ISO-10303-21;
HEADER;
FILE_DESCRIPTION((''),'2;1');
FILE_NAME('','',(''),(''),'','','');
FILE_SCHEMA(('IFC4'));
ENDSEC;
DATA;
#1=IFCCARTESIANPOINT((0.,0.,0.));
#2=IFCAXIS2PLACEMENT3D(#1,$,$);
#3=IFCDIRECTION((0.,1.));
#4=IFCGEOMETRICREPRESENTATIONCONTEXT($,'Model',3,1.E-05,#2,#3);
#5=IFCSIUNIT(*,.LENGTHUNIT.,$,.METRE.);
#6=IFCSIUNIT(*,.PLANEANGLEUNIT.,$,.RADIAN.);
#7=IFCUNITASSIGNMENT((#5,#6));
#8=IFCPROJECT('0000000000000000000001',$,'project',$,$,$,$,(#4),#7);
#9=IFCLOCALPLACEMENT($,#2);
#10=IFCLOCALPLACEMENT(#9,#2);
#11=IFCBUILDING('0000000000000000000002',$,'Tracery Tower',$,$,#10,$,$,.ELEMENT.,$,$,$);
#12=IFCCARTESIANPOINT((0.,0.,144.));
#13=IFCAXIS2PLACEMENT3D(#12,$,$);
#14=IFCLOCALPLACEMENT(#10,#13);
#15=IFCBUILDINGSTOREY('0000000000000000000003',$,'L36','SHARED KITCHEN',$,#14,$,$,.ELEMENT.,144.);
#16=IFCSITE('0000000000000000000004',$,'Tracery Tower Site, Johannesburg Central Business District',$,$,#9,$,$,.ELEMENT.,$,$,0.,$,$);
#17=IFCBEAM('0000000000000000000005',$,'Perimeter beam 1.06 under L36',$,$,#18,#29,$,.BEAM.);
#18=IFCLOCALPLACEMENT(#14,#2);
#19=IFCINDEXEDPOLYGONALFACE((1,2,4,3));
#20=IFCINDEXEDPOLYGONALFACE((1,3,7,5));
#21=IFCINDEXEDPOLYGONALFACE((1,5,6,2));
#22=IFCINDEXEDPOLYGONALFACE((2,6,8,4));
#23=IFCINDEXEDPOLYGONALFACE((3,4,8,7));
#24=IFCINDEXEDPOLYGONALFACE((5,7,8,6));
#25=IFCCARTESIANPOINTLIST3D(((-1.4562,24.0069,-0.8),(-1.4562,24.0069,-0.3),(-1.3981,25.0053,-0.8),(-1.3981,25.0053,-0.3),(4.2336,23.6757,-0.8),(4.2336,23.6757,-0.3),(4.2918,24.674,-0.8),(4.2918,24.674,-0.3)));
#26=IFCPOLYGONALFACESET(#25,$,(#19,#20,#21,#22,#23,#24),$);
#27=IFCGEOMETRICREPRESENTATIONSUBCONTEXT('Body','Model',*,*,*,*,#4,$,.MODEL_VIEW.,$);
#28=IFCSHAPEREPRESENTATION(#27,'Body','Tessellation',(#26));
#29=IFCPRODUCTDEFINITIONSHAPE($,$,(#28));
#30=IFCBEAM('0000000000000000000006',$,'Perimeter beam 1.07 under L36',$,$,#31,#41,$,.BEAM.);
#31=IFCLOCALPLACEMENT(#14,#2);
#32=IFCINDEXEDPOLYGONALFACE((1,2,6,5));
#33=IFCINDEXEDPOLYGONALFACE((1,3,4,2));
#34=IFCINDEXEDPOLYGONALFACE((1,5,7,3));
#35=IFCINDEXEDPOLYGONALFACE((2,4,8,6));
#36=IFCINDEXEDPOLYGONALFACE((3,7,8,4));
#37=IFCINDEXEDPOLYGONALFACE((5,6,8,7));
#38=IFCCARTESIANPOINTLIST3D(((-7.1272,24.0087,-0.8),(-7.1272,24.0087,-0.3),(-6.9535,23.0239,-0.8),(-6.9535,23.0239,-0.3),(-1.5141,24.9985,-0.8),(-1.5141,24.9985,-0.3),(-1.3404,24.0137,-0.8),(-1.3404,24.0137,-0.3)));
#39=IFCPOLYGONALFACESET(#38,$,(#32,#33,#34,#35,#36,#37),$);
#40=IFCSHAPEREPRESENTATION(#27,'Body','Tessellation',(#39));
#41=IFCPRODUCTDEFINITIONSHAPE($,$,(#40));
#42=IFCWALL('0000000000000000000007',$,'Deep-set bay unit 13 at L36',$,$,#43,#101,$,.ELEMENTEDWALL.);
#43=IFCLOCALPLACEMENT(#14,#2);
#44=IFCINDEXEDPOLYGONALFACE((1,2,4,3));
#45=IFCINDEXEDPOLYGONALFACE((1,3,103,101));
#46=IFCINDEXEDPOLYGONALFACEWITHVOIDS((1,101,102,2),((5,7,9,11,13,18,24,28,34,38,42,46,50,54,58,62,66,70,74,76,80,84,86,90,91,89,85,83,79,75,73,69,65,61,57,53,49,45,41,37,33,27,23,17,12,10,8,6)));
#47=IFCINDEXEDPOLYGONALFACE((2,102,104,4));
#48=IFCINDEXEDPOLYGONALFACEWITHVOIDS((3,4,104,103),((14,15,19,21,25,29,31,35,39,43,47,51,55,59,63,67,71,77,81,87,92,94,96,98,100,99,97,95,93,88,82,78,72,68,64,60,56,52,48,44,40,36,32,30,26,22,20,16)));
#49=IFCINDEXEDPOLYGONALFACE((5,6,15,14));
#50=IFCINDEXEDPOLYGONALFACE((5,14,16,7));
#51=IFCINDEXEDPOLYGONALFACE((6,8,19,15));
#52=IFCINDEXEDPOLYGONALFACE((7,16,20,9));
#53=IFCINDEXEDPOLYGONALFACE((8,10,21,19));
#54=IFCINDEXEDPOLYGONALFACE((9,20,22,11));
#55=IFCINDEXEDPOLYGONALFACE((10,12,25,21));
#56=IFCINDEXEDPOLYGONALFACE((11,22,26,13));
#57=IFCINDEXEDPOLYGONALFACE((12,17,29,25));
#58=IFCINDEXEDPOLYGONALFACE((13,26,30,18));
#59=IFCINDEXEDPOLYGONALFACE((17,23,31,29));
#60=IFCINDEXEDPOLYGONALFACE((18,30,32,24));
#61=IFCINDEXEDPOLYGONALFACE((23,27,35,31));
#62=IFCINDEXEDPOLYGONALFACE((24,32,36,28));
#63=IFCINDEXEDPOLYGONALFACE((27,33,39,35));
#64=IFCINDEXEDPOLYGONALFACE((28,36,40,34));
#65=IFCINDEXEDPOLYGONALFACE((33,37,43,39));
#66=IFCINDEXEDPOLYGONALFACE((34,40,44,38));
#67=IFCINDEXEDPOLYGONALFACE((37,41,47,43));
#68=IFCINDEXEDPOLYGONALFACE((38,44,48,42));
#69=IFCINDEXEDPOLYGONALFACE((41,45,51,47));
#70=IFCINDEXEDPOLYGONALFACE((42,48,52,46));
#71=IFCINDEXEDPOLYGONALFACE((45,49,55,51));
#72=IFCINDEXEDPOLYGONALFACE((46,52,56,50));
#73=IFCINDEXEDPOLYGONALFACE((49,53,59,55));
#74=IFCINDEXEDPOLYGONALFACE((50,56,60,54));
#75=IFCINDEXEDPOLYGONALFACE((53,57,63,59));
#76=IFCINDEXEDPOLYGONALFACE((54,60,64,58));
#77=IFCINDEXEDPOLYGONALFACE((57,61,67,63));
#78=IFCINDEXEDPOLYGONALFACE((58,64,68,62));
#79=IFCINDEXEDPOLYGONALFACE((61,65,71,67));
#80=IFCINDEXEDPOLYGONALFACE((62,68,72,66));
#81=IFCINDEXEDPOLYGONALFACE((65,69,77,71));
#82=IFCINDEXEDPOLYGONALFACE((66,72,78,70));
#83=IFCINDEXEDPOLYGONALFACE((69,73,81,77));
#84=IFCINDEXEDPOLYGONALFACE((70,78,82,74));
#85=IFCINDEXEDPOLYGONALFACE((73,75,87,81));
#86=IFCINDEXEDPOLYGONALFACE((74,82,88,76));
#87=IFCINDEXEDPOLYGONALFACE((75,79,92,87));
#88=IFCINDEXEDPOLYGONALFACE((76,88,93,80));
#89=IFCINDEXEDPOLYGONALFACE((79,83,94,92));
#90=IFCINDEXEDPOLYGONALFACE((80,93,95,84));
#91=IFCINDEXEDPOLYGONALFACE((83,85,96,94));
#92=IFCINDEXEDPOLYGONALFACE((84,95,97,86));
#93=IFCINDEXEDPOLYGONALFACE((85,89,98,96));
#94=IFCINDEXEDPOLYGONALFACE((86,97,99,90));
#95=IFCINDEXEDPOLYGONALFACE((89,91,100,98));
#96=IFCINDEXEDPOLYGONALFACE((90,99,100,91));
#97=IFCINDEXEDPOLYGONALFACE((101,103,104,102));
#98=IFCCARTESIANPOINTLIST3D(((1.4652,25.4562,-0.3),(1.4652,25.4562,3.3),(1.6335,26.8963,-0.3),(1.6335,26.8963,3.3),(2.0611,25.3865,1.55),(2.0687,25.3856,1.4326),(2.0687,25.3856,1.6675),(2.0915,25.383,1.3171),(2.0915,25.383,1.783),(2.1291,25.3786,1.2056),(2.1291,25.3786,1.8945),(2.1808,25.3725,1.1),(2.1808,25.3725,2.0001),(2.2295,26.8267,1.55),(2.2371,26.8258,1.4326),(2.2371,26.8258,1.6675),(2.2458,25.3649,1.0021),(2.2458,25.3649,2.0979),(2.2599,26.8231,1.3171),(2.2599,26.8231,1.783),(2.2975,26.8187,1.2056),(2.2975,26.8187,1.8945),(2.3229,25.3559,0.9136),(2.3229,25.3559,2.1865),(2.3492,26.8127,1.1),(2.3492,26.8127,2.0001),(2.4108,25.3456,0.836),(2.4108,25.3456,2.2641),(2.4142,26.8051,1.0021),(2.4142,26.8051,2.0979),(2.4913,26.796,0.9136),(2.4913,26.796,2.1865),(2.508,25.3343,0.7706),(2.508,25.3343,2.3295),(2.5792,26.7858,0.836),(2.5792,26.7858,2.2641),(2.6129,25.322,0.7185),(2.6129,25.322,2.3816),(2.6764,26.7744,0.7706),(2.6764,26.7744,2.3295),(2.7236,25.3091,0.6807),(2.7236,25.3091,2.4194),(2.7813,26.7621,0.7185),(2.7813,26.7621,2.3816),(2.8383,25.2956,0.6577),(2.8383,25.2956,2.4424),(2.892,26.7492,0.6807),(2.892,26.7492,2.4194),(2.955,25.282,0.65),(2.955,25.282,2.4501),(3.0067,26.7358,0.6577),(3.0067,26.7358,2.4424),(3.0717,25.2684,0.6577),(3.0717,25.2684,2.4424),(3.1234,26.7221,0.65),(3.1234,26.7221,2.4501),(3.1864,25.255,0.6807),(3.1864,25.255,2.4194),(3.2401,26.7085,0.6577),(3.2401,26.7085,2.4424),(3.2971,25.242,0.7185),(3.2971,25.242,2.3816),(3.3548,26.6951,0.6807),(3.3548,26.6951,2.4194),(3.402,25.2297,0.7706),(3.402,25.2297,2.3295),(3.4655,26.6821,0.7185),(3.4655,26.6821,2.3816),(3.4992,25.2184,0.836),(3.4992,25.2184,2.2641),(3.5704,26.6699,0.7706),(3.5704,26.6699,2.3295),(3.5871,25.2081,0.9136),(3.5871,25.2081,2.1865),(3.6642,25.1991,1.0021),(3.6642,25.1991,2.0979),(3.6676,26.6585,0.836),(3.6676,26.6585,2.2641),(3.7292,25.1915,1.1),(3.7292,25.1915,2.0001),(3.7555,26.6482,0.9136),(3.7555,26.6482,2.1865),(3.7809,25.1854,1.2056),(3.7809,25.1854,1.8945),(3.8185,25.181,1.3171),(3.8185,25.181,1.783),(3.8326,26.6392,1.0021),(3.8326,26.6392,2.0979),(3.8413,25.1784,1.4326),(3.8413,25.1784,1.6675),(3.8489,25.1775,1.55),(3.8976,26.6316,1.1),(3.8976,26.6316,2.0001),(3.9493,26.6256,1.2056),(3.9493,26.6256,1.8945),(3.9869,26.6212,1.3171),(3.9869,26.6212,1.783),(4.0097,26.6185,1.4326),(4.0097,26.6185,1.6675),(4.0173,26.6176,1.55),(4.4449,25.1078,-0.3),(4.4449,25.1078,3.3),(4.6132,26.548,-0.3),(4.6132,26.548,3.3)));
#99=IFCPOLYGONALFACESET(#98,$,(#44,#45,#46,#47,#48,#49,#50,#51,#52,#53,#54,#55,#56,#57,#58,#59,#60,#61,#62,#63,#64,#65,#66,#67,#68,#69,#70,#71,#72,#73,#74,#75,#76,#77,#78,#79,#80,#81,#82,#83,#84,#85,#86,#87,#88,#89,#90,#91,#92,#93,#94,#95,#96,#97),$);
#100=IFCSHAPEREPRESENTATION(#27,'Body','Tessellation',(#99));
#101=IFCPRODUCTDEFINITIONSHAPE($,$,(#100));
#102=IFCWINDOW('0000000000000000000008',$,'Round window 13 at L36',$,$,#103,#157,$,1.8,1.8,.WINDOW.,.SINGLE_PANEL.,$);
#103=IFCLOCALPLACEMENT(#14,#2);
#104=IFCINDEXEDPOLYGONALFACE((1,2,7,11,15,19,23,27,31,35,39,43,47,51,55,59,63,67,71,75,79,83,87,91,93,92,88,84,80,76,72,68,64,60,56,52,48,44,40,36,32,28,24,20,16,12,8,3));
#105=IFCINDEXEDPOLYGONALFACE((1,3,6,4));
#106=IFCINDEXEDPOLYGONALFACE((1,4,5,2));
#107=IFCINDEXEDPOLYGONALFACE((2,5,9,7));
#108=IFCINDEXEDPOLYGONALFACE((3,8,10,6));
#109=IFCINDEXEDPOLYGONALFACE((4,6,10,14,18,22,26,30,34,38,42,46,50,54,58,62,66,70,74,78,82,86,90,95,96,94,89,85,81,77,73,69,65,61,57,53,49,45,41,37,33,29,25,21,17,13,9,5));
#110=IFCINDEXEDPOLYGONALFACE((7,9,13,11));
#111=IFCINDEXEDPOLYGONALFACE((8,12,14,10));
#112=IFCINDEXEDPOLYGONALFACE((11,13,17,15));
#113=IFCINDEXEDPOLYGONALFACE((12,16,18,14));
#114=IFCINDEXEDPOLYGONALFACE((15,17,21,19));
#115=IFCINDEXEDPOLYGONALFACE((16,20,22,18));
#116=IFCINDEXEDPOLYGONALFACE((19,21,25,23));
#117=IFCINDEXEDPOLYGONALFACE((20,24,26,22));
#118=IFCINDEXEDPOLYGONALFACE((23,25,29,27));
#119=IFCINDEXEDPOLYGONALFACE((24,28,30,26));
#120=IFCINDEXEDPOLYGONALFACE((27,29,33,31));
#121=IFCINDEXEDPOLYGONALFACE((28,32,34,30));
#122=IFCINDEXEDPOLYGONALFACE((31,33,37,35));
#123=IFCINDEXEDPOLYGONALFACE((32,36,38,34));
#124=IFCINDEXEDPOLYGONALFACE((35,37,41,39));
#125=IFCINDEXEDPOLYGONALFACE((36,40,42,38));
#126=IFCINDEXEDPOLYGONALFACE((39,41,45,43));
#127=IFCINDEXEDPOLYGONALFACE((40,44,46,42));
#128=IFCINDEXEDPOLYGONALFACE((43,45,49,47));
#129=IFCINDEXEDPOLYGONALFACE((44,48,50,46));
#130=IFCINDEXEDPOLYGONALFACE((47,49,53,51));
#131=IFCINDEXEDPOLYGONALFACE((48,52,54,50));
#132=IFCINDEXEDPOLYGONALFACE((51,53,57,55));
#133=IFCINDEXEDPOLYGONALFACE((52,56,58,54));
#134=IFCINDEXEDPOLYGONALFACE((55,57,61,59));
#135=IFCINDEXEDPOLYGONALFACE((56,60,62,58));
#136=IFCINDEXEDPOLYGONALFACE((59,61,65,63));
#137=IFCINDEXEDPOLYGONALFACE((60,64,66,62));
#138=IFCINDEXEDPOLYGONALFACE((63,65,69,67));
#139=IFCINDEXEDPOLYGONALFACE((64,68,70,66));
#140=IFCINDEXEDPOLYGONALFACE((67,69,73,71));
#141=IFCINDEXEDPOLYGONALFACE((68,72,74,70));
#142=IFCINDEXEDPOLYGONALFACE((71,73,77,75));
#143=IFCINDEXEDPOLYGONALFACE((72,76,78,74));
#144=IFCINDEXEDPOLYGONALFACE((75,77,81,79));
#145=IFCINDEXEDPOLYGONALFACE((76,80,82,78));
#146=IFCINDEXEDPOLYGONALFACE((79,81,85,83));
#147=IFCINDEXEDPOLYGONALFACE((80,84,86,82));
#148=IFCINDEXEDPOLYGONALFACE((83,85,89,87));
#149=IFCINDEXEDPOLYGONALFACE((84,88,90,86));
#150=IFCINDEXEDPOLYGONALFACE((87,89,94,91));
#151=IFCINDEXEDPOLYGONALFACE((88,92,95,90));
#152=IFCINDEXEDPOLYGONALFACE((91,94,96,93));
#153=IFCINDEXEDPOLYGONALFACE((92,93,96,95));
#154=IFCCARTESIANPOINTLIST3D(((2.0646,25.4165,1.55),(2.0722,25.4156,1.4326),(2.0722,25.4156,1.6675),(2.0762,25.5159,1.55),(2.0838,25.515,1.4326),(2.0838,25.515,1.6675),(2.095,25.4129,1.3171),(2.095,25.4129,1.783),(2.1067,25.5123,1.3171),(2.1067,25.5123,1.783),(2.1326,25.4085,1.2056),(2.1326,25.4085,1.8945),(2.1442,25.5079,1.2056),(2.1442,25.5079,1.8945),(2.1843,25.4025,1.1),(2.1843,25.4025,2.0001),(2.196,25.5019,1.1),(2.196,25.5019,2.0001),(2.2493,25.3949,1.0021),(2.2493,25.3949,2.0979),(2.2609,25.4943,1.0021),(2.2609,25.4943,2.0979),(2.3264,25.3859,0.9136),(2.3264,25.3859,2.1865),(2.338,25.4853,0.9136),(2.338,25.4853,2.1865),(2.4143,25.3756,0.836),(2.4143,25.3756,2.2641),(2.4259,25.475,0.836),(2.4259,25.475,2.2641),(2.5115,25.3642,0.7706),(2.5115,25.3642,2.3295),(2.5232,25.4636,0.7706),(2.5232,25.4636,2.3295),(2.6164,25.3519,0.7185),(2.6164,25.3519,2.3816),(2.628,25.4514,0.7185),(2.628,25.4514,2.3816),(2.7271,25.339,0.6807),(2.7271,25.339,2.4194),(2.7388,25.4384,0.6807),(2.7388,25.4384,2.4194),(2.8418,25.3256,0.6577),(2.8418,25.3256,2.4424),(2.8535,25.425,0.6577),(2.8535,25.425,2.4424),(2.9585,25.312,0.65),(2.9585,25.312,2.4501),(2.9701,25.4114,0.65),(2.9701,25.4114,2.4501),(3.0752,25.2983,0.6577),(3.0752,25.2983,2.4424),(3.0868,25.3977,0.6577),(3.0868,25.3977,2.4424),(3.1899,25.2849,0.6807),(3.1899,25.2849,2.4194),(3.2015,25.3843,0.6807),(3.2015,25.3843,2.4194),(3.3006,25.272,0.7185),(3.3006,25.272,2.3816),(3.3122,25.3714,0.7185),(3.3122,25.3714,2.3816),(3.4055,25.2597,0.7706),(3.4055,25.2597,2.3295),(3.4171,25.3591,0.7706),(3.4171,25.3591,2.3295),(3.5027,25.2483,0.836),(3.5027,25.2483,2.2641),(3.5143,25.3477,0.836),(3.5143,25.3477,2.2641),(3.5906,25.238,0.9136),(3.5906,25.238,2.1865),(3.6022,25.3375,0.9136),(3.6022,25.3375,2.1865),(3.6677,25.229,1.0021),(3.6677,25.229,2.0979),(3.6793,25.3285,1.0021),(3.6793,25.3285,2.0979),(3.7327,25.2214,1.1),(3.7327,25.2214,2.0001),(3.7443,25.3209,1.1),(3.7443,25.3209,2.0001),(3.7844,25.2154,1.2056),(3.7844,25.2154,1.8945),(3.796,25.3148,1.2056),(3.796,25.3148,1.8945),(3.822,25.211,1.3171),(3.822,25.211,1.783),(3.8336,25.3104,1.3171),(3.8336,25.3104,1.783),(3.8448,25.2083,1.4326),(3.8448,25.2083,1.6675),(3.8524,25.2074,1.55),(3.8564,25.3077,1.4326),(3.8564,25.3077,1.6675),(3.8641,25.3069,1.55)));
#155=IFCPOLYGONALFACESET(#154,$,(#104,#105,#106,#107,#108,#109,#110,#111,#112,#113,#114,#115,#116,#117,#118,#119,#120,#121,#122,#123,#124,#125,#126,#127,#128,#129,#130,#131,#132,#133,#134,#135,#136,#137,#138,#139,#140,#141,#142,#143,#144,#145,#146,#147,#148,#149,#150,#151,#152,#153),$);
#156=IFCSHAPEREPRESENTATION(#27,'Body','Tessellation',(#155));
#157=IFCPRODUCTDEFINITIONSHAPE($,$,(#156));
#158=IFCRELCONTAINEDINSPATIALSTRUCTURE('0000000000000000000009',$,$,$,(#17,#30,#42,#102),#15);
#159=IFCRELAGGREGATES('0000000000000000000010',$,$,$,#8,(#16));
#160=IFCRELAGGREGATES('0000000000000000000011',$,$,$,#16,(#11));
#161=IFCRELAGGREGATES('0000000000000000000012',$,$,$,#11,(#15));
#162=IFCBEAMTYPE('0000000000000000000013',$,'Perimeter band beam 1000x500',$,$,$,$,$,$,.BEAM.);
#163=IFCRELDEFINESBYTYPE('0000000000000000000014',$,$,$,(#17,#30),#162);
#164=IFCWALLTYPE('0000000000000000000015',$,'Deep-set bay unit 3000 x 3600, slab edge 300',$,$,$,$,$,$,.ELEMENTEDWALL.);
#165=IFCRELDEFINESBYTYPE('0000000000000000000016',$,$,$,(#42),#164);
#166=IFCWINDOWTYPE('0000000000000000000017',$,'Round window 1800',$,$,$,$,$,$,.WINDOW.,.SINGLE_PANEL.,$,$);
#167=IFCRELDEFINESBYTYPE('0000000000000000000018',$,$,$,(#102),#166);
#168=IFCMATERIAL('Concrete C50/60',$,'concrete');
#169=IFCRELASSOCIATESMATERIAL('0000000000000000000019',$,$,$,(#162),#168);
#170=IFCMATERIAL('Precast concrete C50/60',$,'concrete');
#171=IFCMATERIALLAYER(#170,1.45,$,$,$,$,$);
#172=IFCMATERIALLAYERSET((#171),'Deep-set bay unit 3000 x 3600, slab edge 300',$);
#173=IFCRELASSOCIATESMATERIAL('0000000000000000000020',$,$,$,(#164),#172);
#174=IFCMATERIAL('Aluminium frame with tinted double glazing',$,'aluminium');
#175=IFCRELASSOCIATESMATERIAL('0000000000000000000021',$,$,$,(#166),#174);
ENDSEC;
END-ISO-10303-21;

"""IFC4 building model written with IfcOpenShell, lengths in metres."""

from ifc_helpers import new_model, si_unit, direction, frame, frame_2d, origin, origin_2d, place, context, subcontext, project, spatial, rectangle, circle, extrude, material, layer, layer_set, material_profile, profile_set, type_object, element, fill, save


model = new_model("IFC4")

# Units and contexts
model_context = context("Model", 3, precision=1e-05, world=origin(), true_north=direction((0.0, 1.0)))
body_context = subcontext(model_context, "Body", "Model", "MODEL_VIEW")
ifc_project = project(units=[si_unit("LENGTHUNIT", "METRE"), si_unit("PLANEANGLEUNIT", "RADIAN")], contexts=[model_context])

# Site, building, storey
site_placement = place(None, origin())
site = spatial("IfcSite", under=ifc_project, at=site_placement, Name="Tracery Tower Site, Johannesburg Central Business District", CompositionType="ELEMENT", RefElevation=0.0)
building_placement = place(site_placement, origin())
building = spatial("IfcBuilding", under=site, at=building_placement, Name="Tracery Tower", CompositionType="ELEMENT")
storey_placement = place(building_placement, frame((0.0, 0.0, 144.0)))
storey = spatial("IfcBuildingStorey", under=building, at=storey_placement, Name="L36", Description="SHARED KITCHEN", CompositionType="ELEMENT", Elevation=144.0)

# Beams
ifc_material_1 = material(Name="Concrete C50/60", Category="concrete")
ifc_material_profile_1 = material_profile(ifc_material_1, rectangle(XDim=1.0, YDim=0.5, at=origin_2d()), Name="RC 1000x500")
ifc_profile_set_1 = profile_set([ifc_material_profile_1], Name="Concrete C50/60")
beam_type = type_object("IfcBeamType", Name="Perimeter band beam 1000x500", PredefinedType="BEAM", material=ifc_profile_set_1)
beam_1_placement = place(storey_placement, frame((4.2627, 24.1748, -0.55), z_axis=(-0.998309, 0.058127, 0.0), x_axis=(-0.058127, -0.998309, 0.0)))
element("IfcBeam", 1, at=beam_1_placement, inside=storey, type_object=beam_type, Name="Perimeter beam 1.06 under L36", PredefinedType="BEAM", context=body_context, shape_type="SweptSolid", body=[
    extrude(rectangle(XDim=1.0, YDim=0.5, at=origin_2d()), origin(), (0.0, 0.0, 1.0), 5.6995),
])
beam_2_placement = place(storey_placement, frame((-1.4272, 24.5061, -0.55), z_axis=(-0.984807, -0.173651, 0.0), x_axis=(0.173651, -0.984807, 0.0)))
element("IfcBeam", 2, at=beam_2_placement, inside=storey, type_object=beam_type, Name="Perimeter beam 1.07 under L36", PredefinedType="BEAM", context=body_context, shape_type="SweptSolid", body=[
    extrude(rectangle(XDim=1.0, YDim=0.5, at=origin_2d()), origin(), (0.0, 0.0, 1.0), 5.6997),
])

# Wall, opening, window
ifc_material_2 = material(Name="Precast concrete C50/60", Category="concrete")
ifc_layer_1 = layer(ifc_material_2, 1.45)
ifc_layer_set_1 = layer_set([ifc_layer_1], Name="Deep-set bay unit 3000 x 3600, slab edge 300")
wall_type_1 = type_object("IfcWallType", Name="Deep-set bay unit 3000 x 3600, slab edge 300", PredefinedType="ELEMENTEDWALL", material=ifc_layer_set_1)
wall_1_placement = place(storey_placement, frame((4.5291, 25.8279, -0.3), z_axis=(0.0, 0.0, 1.0), x_axis=(-0.993234, 0.116128, 0.0)))
wall_1 = element("IfcWall", 3, at=wall_1_placement, inside=storey, type_object=wall_type_1, Name="Deep-set bay unit 13 at L36", PredefinedType="ELEMENTEDWALL", context=body_context, shape_type="SweptSolid", body=[
    extrude(rectangle(XDim=3.0, YDim=1.45, at=frame_2d((1.5, 0.0))), origin(), (0.0, 0.0, 1.0), 3.6001),
])
opening_1_placement = place(wall_1_placement, frame((1.5, 0.0, 1.8501)))
opening_1 = element("IfcOpeningElement", 4, at=opening_1_placement, cuts=wall_1, PredefinedType="OPENING", context=body_context, shape_type="SweptSolid", body=[
    extrude(circle(Radius=0.9, at=origin_2d()), frame((0.0, 0.7349, 0.0), z_axis=(0.0, -1.0, 0.0), x_axis=(1.0, 0.0, 0.0)), (0.0, 0.0, 1.0), 1.47),
])
ifc_material_3 = material(Name="Aluminium frame with tinted double glazing", Category="aluminium")
window_type = type_object("IfcWindowType", Name="Round window 1800", PartitioningType="SINGLE_PANEL", PredefinedType="WINDOW", material=ifc_material_3)
window_1_placement = place(opening_1_placement, origin())
window_1 = element("IfcWindow", 5, at=window_1_placement, inside=storey, type_object=window_type, Name="Round window 13 at L36", OverallHeight=1.8, OverallWidth=1.8, PartitioningType="SINGLE_PANEL", PredefinedType="WINDOW", context=body_context, shape_type="SweptSolid", body=[
    extrude(circle(Radius=0.9, at=origin_2d()), frame((0.0, 0.6948, 0.0), z_axis=(0.0, -1.0, 0.0), x_axis=(1.0, 0.0, 0.0)), (0.0, 0.0, 1.0), 0.1001),
])
fill(opening_1, window_1)

save(model, "model.ifc")
